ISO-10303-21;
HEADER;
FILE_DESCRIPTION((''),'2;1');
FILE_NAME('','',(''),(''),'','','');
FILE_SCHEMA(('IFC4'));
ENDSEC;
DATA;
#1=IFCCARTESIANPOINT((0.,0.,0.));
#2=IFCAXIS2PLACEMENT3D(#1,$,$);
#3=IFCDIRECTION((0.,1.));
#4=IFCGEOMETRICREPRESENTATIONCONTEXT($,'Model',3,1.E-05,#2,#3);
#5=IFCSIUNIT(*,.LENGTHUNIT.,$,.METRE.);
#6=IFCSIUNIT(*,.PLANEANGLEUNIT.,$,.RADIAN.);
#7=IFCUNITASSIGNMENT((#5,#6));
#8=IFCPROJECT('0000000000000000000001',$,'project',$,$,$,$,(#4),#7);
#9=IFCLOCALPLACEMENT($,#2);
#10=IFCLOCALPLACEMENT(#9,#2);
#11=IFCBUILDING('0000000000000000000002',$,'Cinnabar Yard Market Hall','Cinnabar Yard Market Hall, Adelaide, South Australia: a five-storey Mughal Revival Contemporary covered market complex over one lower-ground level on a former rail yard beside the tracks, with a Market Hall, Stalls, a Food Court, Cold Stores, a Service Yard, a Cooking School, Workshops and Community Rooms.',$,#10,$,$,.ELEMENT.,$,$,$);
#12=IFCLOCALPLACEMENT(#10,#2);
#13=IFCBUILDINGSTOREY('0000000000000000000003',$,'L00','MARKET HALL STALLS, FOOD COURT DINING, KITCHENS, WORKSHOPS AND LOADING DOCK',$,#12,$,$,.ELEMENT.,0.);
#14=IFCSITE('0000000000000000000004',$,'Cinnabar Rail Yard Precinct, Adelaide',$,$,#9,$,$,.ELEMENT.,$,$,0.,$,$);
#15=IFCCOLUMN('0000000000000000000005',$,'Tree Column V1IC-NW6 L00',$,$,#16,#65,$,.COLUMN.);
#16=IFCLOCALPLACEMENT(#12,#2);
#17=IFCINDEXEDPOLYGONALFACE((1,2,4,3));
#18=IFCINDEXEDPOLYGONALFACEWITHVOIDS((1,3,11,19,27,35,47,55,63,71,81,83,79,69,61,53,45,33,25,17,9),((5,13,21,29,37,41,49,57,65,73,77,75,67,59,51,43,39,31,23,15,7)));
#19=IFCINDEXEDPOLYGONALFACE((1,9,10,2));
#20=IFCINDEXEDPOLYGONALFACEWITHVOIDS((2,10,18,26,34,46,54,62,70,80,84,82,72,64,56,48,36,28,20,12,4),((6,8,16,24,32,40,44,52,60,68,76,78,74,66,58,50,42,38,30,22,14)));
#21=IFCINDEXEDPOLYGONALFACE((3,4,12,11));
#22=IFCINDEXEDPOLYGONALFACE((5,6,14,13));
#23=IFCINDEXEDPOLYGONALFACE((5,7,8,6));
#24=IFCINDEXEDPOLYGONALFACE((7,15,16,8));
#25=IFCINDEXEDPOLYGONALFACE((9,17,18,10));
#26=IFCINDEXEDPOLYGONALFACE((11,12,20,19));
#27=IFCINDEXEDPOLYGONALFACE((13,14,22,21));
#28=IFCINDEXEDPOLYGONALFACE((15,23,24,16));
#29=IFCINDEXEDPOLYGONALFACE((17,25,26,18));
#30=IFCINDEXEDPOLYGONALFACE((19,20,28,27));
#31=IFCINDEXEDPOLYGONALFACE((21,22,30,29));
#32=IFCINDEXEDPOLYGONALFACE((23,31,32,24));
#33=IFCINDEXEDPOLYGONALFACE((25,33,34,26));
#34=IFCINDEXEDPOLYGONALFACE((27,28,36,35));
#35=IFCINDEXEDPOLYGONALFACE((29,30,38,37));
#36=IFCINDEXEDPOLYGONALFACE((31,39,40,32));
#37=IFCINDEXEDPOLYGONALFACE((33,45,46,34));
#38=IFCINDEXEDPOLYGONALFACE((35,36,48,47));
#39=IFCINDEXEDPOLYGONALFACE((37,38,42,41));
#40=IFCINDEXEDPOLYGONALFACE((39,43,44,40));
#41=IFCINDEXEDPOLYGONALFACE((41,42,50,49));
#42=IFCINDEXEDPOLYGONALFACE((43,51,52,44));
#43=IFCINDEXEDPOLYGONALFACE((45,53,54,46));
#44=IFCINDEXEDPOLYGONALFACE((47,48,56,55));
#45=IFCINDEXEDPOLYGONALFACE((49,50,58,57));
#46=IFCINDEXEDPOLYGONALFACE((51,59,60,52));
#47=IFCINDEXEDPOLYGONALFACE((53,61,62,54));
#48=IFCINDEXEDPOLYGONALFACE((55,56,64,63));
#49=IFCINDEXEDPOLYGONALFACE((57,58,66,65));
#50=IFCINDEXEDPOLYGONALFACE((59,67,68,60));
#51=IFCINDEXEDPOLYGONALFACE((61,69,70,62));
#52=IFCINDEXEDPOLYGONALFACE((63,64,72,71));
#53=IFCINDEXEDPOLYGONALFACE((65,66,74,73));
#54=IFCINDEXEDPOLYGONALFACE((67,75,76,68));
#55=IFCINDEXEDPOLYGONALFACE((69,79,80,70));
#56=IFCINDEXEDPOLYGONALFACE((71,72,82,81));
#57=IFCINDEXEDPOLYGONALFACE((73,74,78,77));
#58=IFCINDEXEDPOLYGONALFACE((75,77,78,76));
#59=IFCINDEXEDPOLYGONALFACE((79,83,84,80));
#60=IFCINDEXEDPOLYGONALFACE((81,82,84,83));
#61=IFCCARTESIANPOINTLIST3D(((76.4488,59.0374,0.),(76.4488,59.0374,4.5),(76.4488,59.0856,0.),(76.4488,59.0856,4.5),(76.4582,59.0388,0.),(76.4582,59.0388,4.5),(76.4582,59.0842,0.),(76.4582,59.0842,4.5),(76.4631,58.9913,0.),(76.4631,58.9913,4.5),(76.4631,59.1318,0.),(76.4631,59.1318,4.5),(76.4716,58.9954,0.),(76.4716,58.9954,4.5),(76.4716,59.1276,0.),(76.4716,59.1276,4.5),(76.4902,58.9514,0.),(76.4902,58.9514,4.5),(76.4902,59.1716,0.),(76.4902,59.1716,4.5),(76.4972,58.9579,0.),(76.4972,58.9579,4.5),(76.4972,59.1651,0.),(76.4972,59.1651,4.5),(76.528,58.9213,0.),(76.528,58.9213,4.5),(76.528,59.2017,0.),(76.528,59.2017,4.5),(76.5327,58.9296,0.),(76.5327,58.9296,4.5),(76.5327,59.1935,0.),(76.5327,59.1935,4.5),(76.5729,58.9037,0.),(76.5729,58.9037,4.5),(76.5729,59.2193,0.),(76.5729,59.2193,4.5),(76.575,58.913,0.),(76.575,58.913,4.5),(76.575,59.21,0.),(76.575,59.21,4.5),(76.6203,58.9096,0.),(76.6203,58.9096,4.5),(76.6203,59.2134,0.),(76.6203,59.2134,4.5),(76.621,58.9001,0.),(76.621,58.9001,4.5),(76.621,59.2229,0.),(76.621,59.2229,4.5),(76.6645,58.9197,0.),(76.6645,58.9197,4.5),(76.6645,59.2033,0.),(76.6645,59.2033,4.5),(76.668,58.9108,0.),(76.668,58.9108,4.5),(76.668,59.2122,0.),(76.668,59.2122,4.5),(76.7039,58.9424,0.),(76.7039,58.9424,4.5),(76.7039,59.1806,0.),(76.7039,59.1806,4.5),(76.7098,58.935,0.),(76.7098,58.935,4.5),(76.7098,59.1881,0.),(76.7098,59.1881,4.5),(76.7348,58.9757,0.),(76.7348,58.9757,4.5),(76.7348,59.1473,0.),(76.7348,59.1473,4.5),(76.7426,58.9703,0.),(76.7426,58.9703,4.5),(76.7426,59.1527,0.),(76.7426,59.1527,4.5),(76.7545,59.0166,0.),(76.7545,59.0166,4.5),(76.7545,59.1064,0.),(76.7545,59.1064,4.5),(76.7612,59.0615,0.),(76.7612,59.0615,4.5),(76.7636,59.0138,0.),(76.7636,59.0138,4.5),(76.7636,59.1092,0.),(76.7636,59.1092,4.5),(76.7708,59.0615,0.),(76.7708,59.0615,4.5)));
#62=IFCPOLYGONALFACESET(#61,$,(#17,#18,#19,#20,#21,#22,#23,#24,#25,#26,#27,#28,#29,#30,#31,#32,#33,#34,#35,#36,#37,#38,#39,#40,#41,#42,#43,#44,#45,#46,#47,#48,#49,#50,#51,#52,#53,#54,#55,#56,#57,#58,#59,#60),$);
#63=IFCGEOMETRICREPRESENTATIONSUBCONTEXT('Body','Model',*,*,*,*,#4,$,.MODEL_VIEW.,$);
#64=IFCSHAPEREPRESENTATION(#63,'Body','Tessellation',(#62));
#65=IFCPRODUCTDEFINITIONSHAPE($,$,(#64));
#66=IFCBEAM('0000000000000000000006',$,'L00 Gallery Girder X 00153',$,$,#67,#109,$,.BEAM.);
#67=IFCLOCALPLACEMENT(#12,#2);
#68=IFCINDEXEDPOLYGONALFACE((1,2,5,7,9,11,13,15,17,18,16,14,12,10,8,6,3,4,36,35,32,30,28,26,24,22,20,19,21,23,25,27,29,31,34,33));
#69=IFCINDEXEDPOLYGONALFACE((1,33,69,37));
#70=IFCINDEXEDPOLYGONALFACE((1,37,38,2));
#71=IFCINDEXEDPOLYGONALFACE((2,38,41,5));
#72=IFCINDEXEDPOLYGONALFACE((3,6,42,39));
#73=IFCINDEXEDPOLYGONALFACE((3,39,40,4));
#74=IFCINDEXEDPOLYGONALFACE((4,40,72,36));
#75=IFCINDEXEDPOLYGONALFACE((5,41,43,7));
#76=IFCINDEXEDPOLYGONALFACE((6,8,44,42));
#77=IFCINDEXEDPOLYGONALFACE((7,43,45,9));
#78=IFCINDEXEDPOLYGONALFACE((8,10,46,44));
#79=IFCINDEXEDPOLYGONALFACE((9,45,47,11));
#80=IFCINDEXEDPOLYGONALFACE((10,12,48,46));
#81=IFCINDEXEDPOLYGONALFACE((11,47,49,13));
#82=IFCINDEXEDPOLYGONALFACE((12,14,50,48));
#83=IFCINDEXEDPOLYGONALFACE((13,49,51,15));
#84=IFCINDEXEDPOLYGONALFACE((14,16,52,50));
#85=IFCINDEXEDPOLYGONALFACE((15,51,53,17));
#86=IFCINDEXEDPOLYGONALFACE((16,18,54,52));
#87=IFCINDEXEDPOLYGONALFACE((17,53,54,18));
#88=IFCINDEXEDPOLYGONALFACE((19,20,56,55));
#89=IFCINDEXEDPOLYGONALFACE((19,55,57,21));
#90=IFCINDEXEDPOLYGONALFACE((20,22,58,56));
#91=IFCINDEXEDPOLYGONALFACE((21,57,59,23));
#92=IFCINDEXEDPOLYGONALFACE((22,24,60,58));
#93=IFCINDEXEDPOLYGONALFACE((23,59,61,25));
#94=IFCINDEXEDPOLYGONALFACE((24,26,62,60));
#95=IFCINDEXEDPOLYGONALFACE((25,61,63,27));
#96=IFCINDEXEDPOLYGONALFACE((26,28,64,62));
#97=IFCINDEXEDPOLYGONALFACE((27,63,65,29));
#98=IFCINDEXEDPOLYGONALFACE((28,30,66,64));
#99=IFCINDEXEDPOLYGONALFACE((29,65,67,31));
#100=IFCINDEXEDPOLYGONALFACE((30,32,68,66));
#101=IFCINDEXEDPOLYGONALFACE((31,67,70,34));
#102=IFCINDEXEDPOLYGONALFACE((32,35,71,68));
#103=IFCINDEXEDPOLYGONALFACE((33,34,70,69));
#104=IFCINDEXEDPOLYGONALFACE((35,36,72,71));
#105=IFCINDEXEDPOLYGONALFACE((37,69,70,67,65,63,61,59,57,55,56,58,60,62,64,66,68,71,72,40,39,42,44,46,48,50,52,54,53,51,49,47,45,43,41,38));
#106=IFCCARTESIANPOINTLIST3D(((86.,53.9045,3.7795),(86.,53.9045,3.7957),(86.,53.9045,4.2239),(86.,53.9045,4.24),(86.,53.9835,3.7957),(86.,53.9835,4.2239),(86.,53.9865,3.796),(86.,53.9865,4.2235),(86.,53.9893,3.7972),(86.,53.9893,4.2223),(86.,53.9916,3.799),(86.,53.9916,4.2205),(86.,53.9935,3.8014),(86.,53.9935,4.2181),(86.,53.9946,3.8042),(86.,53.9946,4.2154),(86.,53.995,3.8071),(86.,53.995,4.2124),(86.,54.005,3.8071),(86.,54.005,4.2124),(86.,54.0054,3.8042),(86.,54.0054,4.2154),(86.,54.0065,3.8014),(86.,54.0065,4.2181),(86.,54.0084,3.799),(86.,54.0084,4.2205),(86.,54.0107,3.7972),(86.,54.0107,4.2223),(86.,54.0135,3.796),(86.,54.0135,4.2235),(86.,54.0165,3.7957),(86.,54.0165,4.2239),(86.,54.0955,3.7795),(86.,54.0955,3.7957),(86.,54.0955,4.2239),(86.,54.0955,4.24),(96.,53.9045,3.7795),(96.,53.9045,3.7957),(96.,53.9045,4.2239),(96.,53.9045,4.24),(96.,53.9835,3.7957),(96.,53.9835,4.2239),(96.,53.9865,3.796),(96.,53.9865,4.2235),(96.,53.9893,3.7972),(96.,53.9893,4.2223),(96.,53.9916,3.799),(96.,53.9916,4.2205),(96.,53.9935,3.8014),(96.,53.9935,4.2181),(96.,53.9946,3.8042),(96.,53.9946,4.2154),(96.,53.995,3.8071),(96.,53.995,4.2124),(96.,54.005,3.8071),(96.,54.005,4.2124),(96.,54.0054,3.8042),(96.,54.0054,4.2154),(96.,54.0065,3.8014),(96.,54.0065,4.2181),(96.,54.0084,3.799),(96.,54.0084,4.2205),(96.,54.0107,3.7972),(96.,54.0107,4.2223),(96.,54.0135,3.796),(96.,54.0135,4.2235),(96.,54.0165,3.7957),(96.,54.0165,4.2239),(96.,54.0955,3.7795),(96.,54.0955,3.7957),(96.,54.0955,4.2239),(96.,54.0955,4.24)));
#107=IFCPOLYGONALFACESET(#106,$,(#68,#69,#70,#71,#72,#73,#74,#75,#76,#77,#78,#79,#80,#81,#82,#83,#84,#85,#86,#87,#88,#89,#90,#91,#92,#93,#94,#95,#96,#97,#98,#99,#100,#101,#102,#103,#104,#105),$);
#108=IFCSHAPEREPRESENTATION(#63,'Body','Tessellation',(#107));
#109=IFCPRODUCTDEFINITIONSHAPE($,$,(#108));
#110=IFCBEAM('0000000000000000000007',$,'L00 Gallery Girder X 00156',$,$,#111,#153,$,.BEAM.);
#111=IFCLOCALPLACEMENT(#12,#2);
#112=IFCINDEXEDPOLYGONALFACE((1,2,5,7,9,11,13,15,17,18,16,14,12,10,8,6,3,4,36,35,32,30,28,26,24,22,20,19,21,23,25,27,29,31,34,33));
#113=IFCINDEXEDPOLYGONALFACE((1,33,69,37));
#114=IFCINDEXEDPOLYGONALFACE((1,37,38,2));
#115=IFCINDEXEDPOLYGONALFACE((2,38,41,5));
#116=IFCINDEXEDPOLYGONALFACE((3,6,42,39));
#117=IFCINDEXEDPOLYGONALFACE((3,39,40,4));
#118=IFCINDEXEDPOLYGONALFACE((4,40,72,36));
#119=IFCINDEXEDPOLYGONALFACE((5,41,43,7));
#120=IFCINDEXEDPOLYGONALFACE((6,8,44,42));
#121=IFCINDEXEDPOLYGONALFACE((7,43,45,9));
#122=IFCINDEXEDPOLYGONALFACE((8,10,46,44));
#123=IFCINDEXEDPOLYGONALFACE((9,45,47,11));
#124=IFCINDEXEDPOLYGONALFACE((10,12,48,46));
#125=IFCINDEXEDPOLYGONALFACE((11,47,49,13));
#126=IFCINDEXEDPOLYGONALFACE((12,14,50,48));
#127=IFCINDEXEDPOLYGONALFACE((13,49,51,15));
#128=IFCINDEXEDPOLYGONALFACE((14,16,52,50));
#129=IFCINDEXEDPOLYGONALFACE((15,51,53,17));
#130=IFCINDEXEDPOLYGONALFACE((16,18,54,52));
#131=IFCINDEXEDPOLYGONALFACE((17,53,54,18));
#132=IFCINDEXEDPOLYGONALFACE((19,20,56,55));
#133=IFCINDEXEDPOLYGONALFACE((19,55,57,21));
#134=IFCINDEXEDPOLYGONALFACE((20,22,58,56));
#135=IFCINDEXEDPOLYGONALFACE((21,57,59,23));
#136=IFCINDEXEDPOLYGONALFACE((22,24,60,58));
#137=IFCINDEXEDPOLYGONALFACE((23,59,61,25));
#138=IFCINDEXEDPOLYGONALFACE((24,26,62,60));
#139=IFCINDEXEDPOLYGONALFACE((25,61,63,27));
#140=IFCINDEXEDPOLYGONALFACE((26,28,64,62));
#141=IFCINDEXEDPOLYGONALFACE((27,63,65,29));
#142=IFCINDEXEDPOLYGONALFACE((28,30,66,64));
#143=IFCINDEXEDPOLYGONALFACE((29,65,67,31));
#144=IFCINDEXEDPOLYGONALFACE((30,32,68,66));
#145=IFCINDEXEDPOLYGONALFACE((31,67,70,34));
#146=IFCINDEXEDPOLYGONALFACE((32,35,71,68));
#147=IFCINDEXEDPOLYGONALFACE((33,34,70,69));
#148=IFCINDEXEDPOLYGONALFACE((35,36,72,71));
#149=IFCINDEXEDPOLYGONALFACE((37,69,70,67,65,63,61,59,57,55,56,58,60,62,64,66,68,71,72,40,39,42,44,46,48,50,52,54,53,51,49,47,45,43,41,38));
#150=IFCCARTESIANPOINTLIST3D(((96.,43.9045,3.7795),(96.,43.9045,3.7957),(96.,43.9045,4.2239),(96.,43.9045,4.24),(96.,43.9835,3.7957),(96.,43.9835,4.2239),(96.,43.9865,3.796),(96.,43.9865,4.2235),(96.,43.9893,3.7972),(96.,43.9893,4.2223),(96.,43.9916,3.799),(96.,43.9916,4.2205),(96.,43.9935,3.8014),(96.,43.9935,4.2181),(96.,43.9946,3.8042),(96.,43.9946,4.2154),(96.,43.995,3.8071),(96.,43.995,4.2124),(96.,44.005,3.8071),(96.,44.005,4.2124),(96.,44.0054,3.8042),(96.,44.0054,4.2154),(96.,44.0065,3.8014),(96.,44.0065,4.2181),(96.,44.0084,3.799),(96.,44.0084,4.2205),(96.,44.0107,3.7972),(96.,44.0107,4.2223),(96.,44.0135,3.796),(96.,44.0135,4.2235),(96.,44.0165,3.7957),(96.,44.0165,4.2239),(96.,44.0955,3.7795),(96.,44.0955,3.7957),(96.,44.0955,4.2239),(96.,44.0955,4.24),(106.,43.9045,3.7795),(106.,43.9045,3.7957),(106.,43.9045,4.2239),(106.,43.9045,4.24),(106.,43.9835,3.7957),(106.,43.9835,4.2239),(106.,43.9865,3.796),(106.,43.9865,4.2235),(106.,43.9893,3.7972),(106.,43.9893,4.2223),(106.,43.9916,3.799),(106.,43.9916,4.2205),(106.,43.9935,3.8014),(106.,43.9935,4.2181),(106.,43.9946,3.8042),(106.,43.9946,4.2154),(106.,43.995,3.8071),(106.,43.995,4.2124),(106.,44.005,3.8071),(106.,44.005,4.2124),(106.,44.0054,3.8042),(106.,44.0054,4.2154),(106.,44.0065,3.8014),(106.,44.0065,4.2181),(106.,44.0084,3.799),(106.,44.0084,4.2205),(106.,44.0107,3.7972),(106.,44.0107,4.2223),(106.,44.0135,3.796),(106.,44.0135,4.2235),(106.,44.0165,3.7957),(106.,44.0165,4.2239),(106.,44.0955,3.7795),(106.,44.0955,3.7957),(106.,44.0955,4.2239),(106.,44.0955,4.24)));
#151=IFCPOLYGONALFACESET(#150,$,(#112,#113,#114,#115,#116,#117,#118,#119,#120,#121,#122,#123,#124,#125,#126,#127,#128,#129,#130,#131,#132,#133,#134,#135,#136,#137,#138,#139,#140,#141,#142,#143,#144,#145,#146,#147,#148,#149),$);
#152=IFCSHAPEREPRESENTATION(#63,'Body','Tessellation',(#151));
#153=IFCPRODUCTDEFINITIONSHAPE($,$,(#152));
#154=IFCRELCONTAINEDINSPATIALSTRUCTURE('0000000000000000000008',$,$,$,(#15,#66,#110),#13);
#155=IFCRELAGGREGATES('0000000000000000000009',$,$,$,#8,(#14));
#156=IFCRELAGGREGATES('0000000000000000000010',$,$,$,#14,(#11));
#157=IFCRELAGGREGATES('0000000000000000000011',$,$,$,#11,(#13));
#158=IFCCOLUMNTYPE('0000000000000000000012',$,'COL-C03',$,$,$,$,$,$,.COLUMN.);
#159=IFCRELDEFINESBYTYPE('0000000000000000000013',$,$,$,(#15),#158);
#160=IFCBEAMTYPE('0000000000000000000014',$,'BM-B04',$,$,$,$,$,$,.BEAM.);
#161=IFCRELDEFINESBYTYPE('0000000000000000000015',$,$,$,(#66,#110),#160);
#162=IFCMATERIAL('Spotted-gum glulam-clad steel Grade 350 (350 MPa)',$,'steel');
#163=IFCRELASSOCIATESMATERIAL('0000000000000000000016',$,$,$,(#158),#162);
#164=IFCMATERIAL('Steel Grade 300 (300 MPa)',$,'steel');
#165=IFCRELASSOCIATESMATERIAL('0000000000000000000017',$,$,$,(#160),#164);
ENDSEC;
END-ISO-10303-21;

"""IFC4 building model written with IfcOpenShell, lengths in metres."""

from ifc_helpers import new_model, si_unit, direction, frame, origin, origin_2d_with_axis, place, context, subcontext, project, spatial, hollow_circle, i_section, extrude, material, material_profile, profile_set, type_object, element, save


model = new_model("IFC4")

# Units and contexts
model_context = context("Model", 3, precision=1e-05, world=origin(), true_north=direction((0.0, 1.0)))
body_context = subcontext(model_context, "Body", "Model", "MODEL_VIEW")
ifc_project = project(units=[si_unit("LENGTHUNIT", "METRE"), si_unit("PLANEANGLEUNIT", "RADIAN")], contexts=[model_context])

# Site, building, storey
site_placement = place(None, origin())
site = spatial("IfcSite", under=ifc_project, at=site_placement, Name="Cinnabar Rail Yard Precinct, Adelaide", CompositionType="ELEMENT", RefElevation=0.0)
building_placement = place(site_placement, origin())
building = spatial("IfcBuilding", under=site, at=building_placement, Name="Cinnabar Yard Market Hall", Description="Cinnabar Yard Market Hall, Adelaide, South Australia: a five-storey Mughal Revival Contemporary covered market complex over one lower-ground level on a former rail yard beside the tracks, with a Market Hall, Stalls, a Food Court, Cold Stores, a Service Yard, a Cooking School, Workshops and Community Rooms.", CompositionType="ELEMENT")
storey_placement = place(building_placement, origin())
storey = spatial("IfcBuildingStorey", under=building, at=storey_placement, Name="L00", Description="MARKET HALL STALLS, FOOD COURT DINING, KITCHENS, WORKSHOPS AND LOADING DOCK", CompositionType="ELEMENT", Elevation=0.0)

# Column
ifc_material_1 = material(Name="Spotted-gum glulam-clad steel Grade 350 (350 MPa)", Category="steel")
ifc_material_profile_1 = material_profile(ifc_material_1, hollow_circle(Radius=0.1619, WallThickness=0.0095, at=origin_2d_with_axis()), Name="323.9x9.5CHS")
ifc_profile_set_1 = profile_set([ifc_material_profile_1], Name="Spotted-gum glulam-clad steel Grade 350 (350 MPa)")
column_type_1 = type_object("IfcColumnType", Name="COL-C03", PredefinedType="COLUMN", material=ifc_profile_set_1)
for number, where, z_axis, x_axis, name in (
    (1, (76.6089, 59.0615, 0.0), (0.0, 0.0, 1.0), (1.0, 0.0, 0.0), "Tree Column V1IC-NW6 L00"),
):
    element("IfcColumn", number, at=place(storey_placement, frame(where, z_axis=z_axis, x_axis=x_axis)), inside=storey, type_object=column_type_1, Name=name, PredefinedType="COLUMN", context=body_context, shape_type="SweptSolid", body=[
        extrude(hollow_circle(Radius=0.1619, WallThickness=0.0095, at=origin_2d_with_axis()), origin(), (0.0, 0.0, 1.0), 4.5),
    ])

# Beams
ifc_material_2 = material(Name="Steel Grade 300 (300 MPa)", Category="steel")
ifc_material_profile_2 = material_profile(ifc_material_2, i_section(OverallWidth=0.1909, OverallDepth=0.4604, WebThickness=0.01, FlangeThickness=0.0161, FilletRadius=0.0115, at=origin_2d_with_axis()), Name="460UB82.1")
ifc_profile_set_2 = profile_set([ifc_material_profile_2], Name="Steel Grade 300 (300 MPa)")
beam_type_1 = type_object("IfcBeamType", Name="BM-B04", PredefinedType="BEAM", material=ifc_profile_set_2)
for number, where, z_axis, x_axis, name in (
    (2, (86.0, 54.0, 4.0098), (1.0, 0.0, 0.0), (0.0, 1.0, 0.0), "L00 Gallery Girder X 00153"),
    (3, (96.0, 44.0, 4.0098), (1.0, 0.0, 0.0), (0.0, 1.0, 0.0), "L00 Gallery Girder X 00156"),
):
    element("IfcBeam", number, at=place(storey_placement, frame(where, z_axis=z_axis, x_axis=x_axis)), inside=storey, type_object=beam_type_1, Name=name, PredefinedType="BEAM", context=body_context, shape_type="SweptSolid", body=[
        extrude(i_section(OverallWidth=0.1909, OverallDepth=0.4604, WebThickness=0.01, FlangeThickness=0.0161, FilletRadius=0.0115, at=origin_2d_with_axis()), origin(), (0.0, 0.0, 1.0), 10.0),
    ])

save(model, "model.ifc")
